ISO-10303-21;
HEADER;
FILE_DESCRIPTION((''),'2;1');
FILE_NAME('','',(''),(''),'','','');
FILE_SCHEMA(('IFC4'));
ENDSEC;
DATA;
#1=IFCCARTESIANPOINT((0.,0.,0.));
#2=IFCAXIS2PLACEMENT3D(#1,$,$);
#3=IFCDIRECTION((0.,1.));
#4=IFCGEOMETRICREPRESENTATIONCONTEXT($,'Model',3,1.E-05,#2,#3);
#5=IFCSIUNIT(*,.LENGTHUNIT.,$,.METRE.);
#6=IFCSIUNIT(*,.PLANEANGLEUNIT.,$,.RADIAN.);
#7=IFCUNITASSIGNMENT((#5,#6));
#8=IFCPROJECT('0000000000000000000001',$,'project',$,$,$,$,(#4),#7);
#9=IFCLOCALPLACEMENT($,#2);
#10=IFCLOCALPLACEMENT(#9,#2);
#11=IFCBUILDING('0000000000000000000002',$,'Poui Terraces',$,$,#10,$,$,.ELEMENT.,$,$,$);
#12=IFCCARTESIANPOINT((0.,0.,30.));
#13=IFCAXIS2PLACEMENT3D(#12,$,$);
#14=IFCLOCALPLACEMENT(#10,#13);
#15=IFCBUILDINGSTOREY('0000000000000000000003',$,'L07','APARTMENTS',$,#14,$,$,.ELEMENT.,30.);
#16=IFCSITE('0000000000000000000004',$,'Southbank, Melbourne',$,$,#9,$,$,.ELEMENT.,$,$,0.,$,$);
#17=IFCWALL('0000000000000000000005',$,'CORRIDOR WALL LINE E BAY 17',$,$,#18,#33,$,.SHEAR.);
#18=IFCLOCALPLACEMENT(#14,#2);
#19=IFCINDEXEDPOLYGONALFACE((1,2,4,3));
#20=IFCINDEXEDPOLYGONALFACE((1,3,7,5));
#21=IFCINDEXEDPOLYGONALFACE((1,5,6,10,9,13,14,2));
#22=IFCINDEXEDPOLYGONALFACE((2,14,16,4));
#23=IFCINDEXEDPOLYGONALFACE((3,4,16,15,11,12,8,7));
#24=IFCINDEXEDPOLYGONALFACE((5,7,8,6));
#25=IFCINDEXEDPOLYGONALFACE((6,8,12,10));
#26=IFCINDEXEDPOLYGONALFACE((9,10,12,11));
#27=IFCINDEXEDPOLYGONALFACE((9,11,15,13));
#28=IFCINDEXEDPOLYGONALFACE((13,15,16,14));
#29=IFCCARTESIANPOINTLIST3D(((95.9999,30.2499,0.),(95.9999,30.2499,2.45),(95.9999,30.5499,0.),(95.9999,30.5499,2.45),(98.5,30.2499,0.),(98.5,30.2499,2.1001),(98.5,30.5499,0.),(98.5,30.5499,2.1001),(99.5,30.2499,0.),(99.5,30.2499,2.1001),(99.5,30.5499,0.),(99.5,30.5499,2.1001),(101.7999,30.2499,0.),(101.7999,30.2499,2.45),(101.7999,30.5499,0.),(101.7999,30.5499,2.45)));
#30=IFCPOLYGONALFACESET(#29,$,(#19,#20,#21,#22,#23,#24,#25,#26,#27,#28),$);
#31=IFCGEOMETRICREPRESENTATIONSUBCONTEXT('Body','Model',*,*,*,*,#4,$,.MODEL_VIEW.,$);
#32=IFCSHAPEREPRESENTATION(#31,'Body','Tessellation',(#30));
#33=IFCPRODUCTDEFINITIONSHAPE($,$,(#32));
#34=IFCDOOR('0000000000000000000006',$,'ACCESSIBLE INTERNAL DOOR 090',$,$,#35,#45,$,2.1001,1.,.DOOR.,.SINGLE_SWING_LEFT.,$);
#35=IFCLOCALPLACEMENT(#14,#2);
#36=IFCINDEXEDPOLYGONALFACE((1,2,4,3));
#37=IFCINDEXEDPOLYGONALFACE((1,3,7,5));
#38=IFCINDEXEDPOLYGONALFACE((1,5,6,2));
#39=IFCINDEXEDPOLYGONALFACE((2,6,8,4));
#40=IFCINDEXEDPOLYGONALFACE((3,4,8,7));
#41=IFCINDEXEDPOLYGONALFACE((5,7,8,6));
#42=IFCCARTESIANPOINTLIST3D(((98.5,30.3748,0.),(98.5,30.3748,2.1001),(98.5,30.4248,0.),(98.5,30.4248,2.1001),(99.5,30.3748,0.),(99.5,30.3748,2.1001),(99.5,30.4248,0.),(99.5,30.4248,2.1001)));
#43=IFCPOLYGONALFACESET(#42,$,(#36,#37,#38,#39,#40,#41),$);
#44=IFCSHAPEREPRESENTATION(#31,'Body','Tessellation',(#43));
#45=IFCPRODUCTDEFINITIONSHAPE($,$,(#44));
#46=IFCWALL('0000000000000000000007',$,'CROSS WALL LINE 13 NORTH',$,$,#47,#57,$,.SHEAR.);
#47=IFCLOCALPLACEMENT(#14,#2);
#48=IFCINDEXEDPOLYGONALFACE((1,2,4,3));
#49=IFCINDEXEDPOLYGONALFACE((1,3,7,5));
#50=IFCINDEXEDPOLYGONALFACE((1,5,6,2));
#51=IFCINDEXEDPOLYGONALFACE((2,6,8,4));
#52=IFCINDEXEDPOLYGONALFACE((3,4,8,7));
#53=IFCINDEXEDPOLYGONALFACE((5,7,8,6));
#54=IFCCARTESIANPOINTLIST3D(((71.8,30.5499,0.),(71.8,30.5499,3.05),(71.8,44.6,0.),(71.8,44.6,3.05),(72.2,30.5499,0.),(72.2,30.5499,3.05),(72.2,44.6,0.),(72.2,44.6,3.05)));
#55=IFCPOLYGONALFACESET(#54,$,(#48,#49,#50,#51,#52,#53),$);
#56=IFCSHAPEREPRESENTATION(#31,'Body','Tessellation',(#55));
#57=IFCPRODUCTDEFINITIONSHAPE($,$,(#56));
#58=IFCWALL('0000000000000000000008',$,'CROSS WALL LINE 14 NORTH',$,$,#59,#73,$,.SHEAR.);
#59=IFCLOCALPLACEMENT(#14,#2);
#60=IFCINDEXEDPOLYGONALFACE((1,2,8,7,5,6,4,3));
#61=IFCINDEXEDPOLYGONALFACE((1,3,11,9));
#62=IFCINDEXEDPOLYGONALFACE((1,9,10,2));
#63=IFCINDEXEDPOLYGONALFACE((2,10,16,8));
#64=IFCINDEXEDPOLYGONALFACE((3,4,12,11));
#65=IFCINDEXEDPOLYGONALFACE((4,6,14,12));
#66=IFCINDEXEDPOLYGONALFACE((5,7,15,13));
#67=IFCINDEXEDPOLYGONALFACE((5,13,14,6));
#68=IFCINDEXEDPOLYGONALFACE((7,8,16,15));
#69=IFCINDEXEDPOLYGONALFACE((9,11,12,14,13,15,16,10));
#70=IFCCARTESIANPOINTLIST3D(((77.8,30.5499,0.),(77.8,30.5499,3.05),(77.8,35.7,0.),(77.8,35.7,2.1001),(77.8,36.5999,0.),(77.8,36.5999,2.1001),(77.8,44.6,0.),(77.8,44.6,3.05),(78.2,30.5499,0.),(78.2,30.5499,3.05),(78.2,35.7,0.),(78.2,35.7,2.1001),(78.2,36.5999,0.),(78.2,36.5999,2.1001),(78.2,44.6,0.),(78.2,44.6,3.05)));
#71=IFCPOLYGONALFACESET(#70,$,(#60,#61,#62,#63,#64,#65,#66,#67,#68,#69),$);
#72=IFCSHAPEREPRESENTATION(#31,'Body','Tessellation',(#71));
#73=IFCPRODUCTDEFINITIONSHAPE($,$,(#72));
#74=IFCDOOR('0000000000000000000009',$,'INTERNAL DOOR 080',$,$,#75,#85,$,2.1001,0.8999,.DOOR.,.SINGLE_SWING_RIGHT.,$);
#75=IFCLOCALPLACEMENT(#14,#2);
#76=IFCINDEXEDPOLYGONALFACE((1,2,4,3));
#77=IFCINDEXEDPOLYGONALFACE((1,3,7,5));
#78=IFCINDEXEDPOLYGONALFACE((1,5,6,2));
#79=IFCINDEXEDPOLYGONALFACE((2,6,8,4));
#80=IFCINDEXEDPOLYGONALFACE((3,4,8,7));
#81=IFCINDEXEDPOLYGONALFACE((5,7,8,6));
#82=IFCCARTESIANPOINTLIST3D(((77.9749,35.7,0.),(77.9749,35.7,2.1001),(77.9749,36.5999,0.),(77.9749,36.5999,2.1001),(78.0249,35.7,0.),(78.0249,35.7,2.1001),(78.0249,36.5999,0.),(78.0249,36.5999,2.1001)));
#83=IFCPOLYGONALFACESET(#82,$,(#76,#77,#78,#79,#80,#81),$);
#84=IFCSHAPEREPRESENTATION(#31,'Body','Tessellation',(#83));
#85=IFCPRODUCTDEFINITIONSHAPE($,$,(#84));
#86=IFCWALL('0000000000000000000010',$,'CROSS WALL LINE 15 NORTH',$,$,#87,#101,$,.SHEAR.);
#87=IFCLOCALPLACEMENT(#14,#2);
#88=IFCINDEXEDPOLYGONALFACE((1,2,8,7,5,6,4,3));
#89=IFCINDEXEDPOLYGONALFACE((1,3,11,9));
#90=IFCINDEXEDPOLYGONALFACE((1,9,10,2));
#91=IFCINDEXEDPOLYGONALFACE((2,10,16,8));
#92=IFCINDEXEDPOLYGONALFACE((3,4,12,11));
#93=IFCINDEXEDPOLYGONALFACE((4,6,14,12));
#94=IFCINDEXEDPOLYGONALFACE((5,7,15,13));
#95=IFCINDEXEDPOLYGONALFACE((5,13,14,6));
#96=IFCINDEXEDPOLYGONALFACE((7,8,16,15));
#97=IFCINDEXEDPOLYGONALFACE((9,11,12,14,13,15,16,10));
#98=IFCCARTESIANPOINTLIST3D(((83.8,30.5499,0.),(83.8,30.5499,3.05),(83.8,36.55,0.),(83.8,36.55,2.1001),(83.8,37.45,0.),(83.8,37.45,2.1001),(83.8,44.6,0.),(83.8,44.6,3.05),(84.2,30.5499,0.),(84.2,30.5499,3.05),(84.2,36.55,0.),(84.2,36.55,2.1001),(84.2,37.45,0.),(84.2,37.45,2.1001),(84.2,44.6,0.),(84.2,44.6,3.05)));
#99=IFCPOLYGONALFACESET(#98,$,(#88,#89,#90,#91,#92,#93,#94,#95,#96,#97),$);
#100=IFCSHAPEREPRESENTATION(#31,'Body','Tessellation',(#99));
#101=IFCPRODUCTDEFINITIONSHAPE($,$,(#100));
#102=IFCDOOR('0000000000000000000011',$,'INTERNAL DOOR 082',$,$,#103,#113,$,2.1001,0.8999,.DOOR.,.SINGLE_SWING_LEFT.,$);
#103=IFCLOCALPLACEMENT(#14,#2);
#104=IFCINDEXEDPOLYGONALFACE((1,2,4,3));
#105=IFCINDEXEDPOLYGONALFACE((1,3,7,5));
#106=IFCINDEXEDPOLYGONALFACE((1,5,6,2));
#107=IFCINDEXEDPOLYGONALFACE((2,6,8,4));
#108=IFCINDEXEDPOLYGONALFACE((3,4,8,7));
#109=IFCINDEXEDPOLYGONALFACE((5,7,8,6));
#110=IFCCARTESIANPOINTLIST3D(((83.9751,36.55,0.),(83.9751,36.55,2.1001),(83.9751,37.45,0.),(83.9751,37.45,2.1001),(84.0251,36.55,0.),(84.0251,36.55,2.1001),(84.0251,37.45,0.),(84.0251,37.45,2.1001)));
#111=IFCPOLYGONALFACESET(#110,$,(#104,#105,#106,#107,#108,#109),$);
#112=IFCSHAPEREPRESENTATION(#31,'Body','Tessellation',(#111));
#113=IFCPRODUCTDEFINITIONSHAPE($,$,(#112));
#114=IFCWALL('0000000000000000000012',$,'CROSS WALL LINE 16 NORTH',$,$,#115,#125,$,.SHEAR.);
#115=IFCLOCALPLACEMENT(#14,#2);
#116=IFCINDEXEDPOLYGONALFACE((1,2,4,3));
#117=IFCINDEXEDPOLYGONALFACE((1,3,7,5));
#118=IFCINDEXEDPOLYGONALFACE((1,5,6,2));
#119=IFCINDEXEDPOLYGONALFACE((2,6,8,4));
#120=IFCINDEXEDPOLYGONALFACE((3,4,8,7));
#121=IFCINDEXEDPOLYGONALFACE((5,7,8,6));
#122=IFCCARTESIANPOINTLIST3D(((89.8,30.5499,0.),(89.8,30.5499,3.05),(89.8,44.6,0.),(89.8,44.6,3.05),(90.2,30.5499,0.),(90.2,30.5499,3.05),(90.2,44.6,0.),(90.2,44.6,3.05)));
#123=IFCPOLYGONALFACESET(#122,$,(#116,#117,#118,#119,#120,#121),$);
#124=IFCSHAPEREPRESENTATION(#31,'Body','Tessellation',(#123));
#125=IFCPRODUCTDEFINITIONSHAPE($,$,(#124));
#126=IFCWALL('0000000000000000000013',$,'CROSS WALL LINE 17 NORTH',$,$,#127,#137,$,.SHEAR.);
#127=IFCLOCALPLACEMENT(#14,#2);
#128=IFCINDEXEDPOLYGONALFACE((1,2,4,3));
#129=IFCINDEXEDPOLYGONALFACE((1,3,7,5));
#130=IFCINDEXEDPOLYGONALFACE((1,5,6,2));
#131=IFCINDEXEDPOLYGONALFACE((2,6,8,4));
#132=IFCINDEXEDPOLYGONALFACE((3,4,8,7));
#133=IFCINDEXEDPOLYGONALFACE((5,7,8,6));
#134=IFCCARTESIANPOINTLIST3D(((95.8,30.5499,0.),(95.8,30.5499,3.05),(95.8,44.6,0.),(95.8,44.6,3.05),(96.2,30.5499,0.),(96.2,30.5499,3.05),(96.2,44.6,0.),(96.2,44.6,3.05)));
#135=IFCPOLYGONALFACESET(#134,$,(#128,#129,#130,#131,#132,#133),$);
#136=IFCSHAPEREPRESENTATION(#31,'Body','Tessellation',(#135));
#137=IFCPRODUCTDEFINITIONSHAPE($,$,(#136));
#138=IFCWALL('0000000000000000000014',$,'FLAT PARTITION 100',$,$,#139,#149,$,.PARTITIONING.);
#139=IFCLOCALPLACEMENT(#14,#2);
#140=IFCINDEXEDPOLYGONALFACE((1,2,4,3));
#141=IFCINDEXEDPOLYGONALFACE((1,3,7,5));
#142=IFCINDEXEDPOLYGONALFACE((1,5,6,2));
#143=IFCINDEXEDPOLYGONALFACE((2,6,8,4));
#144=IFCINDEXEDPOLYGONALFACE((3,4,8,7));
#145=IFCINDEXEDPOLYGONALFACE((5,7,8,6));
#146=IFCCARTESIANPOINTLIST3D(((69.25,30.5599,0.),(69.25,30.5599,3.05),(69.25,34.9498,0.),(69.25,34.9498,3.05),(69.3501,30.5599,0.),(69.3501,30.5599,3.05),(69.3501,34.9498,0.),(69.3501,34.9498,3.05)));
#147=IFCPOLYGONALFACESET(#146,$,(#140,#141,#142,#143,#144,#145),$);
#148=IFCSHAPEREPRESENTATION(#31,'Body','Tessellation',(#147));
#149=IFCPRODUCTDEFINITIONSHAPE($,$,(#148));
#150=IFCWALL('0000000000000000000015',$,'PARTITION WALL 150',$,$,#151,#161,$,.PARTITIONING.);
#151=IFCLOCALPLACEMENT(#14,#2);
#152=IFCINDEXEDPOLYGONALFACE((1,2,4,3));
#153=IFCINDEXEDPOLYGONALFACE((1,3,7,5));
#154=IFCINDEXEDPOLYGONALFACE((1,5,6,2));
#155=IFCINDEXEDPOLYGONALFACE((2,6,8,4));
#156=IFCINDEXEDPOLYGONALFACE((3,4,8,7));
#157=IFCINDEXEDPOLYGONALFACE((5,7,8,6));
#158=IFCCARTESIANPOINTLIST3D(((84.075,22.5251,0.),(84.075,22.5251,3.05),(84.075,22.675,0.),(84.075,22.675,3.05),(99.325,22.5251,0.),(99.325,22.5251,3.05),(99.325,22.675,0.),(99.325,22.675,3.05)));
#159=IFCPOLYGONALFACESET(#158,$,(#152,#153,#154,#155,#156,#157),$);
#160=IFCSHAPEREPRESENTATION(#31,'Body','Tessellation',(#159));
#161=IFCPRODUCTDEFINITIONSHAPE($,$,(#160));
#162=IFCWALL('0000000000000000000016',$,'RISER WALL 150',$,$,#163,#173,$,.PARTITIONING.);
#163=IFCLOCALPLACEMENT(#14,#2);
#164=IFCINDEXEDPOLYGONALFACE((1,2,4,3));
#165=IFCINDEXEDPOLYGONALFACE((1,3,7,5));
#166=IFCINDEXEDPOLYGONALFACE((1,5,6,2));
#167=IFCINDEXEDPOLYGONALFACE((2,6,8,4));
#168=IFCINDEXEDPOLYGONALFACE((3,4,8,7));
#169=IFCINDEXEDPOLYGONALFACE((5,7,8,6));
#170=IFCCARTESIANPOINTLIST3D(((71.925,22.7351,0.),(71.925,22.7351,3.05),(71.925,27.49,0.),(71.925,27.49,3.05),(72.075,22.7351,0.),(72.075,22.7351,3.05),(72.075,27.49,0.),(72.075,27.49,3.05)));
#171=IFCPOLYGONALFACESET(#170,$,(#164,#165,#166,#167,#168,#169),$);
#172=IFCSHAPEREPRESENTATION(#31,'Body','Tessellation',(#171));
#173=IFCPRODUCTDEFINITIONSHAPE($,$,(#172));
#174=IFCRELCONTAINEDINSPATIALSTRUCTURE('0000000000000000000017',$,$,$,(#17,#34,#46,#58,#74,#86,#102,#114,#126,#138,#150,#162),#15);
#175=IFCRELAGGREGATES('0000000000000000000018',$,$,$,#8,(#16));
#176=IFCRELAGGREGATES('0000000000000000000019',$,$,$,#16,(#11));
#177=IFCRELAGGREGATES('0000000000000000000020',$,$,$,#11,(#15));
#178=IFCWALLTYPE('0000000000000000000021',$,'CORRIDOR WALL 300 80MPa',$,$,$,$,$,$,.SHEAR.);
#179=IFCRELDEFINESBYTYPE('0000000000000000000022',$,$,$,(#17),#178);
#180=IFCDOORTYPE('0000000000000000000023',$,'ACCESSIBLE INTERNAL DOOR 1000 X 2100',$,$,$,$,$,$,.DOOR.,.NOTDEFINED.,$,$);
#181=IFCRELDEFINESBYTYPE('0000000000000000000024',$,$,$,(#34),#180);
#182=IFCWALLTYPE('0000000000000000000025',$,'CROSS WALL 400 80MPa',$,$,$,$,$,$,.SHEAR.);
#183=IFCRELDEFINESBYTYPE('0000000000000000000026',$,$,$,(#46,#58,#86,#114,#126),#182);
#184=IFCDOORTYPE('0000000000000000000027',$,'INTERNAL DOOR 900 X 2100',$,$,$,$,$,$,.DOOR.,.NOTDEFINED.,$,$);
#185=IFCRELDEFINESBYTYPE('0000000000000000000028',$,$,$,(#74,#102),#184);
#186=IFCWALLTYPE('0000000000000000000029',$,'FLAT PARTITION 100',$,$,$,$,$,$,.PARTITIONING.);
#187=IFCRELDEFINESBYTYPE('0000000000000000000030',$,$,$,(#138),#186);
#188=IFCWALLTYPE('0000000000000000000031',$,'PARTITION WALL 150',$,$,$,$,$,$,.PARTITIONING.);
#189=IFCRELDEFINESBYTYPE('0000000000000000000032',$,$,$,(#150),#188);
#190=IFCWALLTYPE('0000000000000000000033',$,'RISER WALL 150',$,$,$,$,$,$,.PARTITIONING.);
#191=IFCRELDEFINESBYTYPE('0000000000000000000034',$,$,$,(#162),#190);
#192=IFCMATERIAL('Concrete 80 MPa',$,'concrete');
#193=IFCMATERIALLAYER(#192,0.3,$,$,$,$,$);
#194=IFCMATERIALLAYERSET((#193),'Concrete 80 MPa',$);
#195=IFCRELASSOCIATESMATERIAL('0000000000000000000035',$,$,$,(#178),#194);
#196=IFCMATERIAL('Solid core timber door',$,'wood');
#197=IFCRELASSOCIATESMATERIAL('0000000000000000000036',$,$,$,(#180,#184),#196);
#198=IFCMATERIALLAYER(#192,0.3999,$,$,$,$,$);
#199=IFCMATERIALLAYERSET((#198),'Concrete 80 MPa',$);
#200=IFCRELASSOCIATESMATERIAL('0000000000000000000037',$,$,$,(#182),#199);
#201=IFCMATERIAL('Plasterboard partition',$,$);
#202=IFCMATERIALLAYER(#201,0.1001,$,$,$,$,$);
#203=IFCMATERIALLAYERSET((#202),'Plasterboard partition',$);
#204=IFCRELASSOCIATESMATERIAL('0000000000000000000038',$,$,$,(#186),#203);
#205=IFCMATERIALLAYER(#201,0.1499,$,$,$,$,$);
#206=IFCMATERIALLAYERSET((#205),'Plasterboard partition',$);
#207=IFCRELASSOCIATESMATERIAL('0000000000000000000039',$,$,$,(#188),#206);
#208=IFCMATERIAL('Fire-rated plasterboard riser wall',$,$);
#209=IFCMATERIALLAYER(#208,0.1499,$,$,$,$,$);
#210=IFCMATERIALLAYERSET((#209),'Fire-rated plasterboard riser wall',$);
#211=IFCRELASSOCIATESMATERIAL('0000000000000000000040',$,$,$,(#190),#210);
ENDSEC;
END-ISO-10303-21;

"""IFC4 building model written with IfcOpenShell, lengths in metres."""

from ifc_helpers import new_model, si_unit, direction, frame, frame_2d, origin, place, context, subcontext, project, spatial, rectangle, extrude, material, layer, layer_set, type_object, element, fill, save


model = new_model("IFC4")

# Units and contexts
model_context = context("Model", 3, precision=1e-05, world=origin(), true_north=direction((0.0, 1.0)))
body_context = subcontext(model_context, "Body", "Model", "MODEL_VIEW")
ifc_project = project(units=[si_unit("LENGTHUNIT", "METRE"), si_unit("PLANEANGLEUNIT", "RADIAN")], contexts=[model_context])

# Site, building, storey
site_placement = place(None, origin())
site = spatial("IfcSite", under=ifc_project, at=site_placement, Name="Southbank, Melbourne", CompositionType="ELEMENT", RefElevation=0.0)
building_placement = place(site_placement, origin())
building = spatial("IfcBuilding", under=site, at=building_placement, Name="Poui Terraces", CompositionType="ELEMENT")
storey_placement = place(building_placement, frame((0.0, 0.0, 30.0)))
storey = spatial("IfcBuildingStorey", under=building, at=storey_placement, Name="L07", Description="APARTMENTS", CompositionType="ELEMENT", Elevation=30.0)

# Shared definitions
ifc_material_1 = material(Name="Concrete 80 MPa", Category="concrete")

# Shared definitions
ifc_layer_1 = layer(ifc_material_1, 0.3)
ifc_layer_set_1 = layer_set([ifc_layer_1], Name="Concrete 80 MPa")
wall_type_1 = type_object("IfcWallType", Name="CORRIDOR WALL 300 80MPa", PredefinedType="SHEAR", material=ifc_layer_set_1)

# Wall, opening, door
wall_1_placement = place(storey_placement, frame((96.0, 30.3999, 0.0), z_axis=(0.0, 0.0, 1.0), x_axis=(1.0, 0.0, 0.0)))
wall_1 = element("IfcWall", 1, at=wall_1_placement, inside=storey, type_object=wall_type_1, Name="CORRIDOR WALL LINE E BAY 17", PredefinedType="SHEAR", context=body_context, shape_type="SweptSolid", body=[
    extrude(rectangle(XDim=5.8, YDim=0.3, at=frame_2d((2.8999, 0.0))), origin(), (0.0, 0.0, 1.0), 2.45),
])
opening_1_placement = place(wall_1_placement, frame((2.5, 0.0, 0.0)))
opening_1 = element("IfcOpeningElement", 2, at=opening_1_placement, cuts=wall_1, PredefinedType="OPENING", context=body_context, shape_type="SweptSolid", body=[
    extrude(rectangle(XDim=1.0, YDim=2.1001, at=frame_2d((0.5, 1.05))), frame((0.0, 0.1602, 0.0), z_axis=(0.0, -1.0, 0.0), x_axis=(1.0, 0.0, 0.0)), (0.0, 0.0, 1.0), 0.3201),
])
ifc_material_2 = material(Name="Solid core timber door", Category="wood")
door_type_1 = type_object("IfcDoorType", Name="ACCESSIBLE INTERNAL DOOR 1000 X 2100", OperationType="NOTDEFINED", PredefinedType="DOOR", material=ifc_material_2)
door_1_placement = place(opening_1_placement, origin())
door_1 = element("IfcDoor", 3, at=door_1_placement, inside=storey, type_object=door_type_1, Name="ACCESSIBLE INTERNAL DOOR 090", OperationType="SINGLE_SWING_LEFT", OverallHeight=2.1001, OverallWidth=1.0, PredefinedType="DOOR", context=body_context, shape_type="SweptSolid", body=[
    extrude(rectangle(XDim=1.0, YDim=2.1001, at=frame_2d((0.5, 1.05))), frame((0.0, 0.0249, 0.0), z_axis=(0.0, -1.0, 0.0), x_axis=(1.0, 0.0, 0.0)), (0.0, 0.0, 1.0), 0.05),
])
fill(opening_1, door_1)

# Wall
ifc_layer_2 = layer(ifc_material_1, 0.3999)
ifc_layer_set_2 = layer_set([ifc_layer_2], Name="Concrete 80 MPa")
wall_type_2 = type_object("IfcWallType", Name="CROSS WALL 400 80MPa", PredefinedType="SHEAR", material=ifc_layer_set_2)
wall_2_placement = place(storey_placement, frame((72.0, 30.55, 0.0), z_axis=(0.0, 0.0, 1.0), x_axis=(0.0, 1.0, 0.0)))
element("IfcWall", 4, at=wall_2_placement, inside=storey, type_object=wall_type_2, Name="CROSS WALL LINE 13 NORTH", PredefinedType="SHEAR", context=body_context, shape_type="SweptSolid", body=[
    extrude(rectangle(XDim=14.05, YDim=0.3999, at=frame_2d((7.0249, 0.0))), origin(), (0.0, 0.0, 1.0), 3.05),
])

# Walls, openings, doors
wall_3_placement = place(storey_placement, frame((78.0, 30.55, 0.0), z_axis=(0.0, 0.0, 1.0), x_axis=(0.0, 1.0, 0.0)))
wall_3 = element("IfcWall", 5, at=wall_3_placement, inside=storey, type_object=wall_type_2, Name="CROSS WALL LINE 14 NORTH", PredefinedType="SHEAR", context=body_context, shape_type="SweptSolid", body=[
    extrude(rectangle(XDim=14.05, YDim=0.3999, at=frame_2d((7.0249, 0.0))), origin(), (0.0, 0.0, 1.0), 3.05),
])
opening_2_placement = place(wall_3_placement, frame((5.1499, 0.0, 0.0)))
opening_2 = element("IfcOpeningElement", 6, at=opening_2_placement, cuts=wall_3, PredefinedType="OPENING", context=body_context, shape_type="SweptSolid", body=[
    extrude(rectangle(XDim=0.8999, YDim=2.1001, at=frame_2d((0.45, 1.05))), frame((0.0, 0.21, 0.0), z_axis=(0.0, -1.0, 0.0), x_axis=(1.0, 0.0, 0.0)), (0.0, 0.0, 1.0), 0.4199),
])
door_type_2 = type_object("IfcDoorType", Name="INTERNAL DOOR 900 X 2100", OperationType="NOTDEFINED", PredefinedType="DOOR", material=ifc_material_2)
door_2_placement = place(opening_2_placement, frame((0.8999, 0.0, 0.0), z_axis=(0.0, 0.0, 1.0), x_axis=(-1.0, 0.0, 0.0)))
door_2 = element("IfcDoor", 7, at=door_2_placement, inside=storey, type_object=door_type_2, Name="INTERNAL DOOR 080", OperationType="SINGLE_SWING_RIGHT", OverallHeight=2.1001, OverallWidth=0.8999, PredefinedType="DOOR", context=body_context, shape_type="SweptSolid", body=[
    extrude(rectangle(XDim=0.8999, YDim=2.1001, at=frame_2d((0.45, 1.05))), frame((0.0, 0.0249, 0.0), z_axis=(0.0, -1.0, 0.0), x_axis=(1.0, 0.0, 0.0)), (0.0, 0.0, 1.0), 0.05),
])
fill(opening_2, door_2)
wall_4_placement = place(storey_placement, frame((84.0, 30.55, 0.0), z_axis=(0.0, 0.0, 1.0), x_axis=(0.0, 1.0, 0.0)))
wall_4 = element("IfcWall", 8, at=wall_4_placement, inside=storey, type_object=wall_type_2, Name="CROSS WALL LINE 15 NORTH", PredefinedType="SHEAR", context=body_context, shape_type="SweptSolid", body=[
    extrude(rectangle(XDim=14.05, YDim=0.3999, at=frame_2d((7.0249, 0.0))), origin(), (0.0, 0.0, 1.0), 3.05),
])
opening_3_placement = place(wall_4_placement, frame((6.0, 0.0, 0.0)))
opening_3 = element("IfcOpeningElement", 9, at=opening_3_placement, cuts=wall_4, PredefinedType="OPENING", context=body_context, shape_type="SweptSolid", body=[
    extrude(rectangle(XDim=0.8999, YDim=2.1001, at=frame_2d((0.45, 1.05))), frame((0.0, 0.21, 0.0), z_axis=(0.0, -1.0, 0.0), x_axis=(1.0, 0.0, 0.0)), (0.0, 0.0, 1.0), 0.4199),
])
door_3_placement = place(opening_3_placement, origin())
door_3 = element("IfcDoor", 10, at=door_3_placement, inside=storey, type_object=door_type_2, Name="INTERNAL DOOR 082", OperationType="SINGLE_SWING_LEFT", OverallHeight=2.1001, OverallWidth=0.8999, PredefinedType="DOOR", context=body_context, shape_type="SweptSolid", body=[
    extrude(rectangle(XDim=0.8999, YDim=2.1001, at=frame_2d((0.45, 1.05))), frame((0.0, 0.0249, 0.0), z_axis=(0.0, -1.0, 0.0), x_axis=(1.0, 0.0, 0.0)), (0.0, 0.0, 1.0), 0.05),
])
fill(opening_3, door_3)

# Walls
for number, where, z_axis, x_axis, name in (
    (11, (90.0, 30.55, 0.0), (0.0, 0.0, 1.0), (0.0, 1.0, 0.0), "CROSS WALL LINE 16 NORTH"),
    (12, (96.0, 30.55, 0.0), (0.0, 0.0, 1.0), (0.0, 1.0, 0.0), "CROSS WALL LINE 17 NORTH"),
):
    element("IfcWall", number, at=place(storey_placement, frame(where, z_axis=z_axis, x_axis=x_axis)), inside=storey, type_object=wall_type_2, Name=name, PredefinedType="SHEAR", context=body_context, shape_type="SweptSolid", body=[
        extrude(rectangle(XDim=14.05, YDim=0.3999, at=frame_2d((7.0249, 0.0))), origin(), (0.0, 0.0, 1.0), 3.05),
    ])
ifc_material_3 = material(Name="Plasterboard partition")
ifc_layer_3 = layer(ifc_material_3, 0.1001)
ifc_layer_set_3 = layer_set([ifc_layer_3], Name="Plasterboard partition")
wall_type_3 = type_object("IfcWallType", Name="FLAT PARTITION 100", PredefinedType="PARTITIONING", material=ifc_layer_set_3)
wall_5_placement = place(storey_placement, frame((69.3, 30.5601, 0.0), z_axis=(0.0, 0.0, 1.0), x_axis=(0.0, 1.0, 0.0)))
element("IfcWall", 13, at=wall_5_placement, inside=storey, type_object=wall_type_3, Name="FLAT PARTITION 100", PredefinedType="PARTITIONING", context=body_context, shape_type="SweptSolid", body=[
    extrude(rectangle(XDim=4.3899, YDim=0.1001, at=frame_2d((2.1948, 0.0))), origin(), (0.0, 0.0, 1.0), 3.05),
])
ifc_layer_4 = layer(ifc_material_3, 0.1499)
ifc_layer_set_4 = layer_set([ifc_layer_4], Name="Plasterboard partition")
wall_type_4 = type_object("IfcWallType", Name="PARTITION WALL 150", PredefinedType="PARTITIONING", material=ifc_layer_set_4)
wall_6_placement = place(storey_placement, frame((84.075, 22.6001, 0.0), z_axis=(0.0, 0.0, 1.0), x_axis=(1.0, 0.0, 0.0)))
element("IfcWall", 14, at=wall_6_placement, inside=storey, type_object=wall_type_4, Name="PARTITION WALL 150", PredefinedType="PARTITIONING", context=body_context, shape_type="SweptSolid", body=[
    extrude(rectangle(XDim=15.25, YDim=0.1499, at=frame_2d((7.625, 0.0))), origin(), (0.0, 0.0, 1.0), 3.05),
])
ifc_material_4 = material(Name="Fire-rated plasterboard riser wall")
ifc_layer_5 = layer(ifc_material_4, 0.1499)
ifc_layer_set_5 = layer_set([ifc_layer_5], Name="Fire-rated plasterboard riser wall")
wall_type_5 = type_object("IfcWallType", Name="RISER WALL 150", PredefinedType="PARTITIONING", material=ifc_layer_set_5)
for number, where, z_axis, x_axis, name in (
    (15, (72.0, 22.7351, 0.0), (0.0, 0.0, 1.0), (0.0, 1.0, 0.0), "RISER WALL 150"),
):
    element("IfcWall", number, at=place(storey_placement, frame(where, z_axis=z_axis, x_axis=x_axis)), inside=storey, type_object=wall_type_5, Name=name, PredefinedType="PARTITIONING", context=body_context, shape_type="SweptSolid", body=[
        extrude(rectangle(XDim=4.7549, YDim=0.1499, at=frame_2d((2.3774, 0.0))), origin(), (0.0, 0.0, 1.0), 3.05),
    ])

save(model, "model.ifc")
